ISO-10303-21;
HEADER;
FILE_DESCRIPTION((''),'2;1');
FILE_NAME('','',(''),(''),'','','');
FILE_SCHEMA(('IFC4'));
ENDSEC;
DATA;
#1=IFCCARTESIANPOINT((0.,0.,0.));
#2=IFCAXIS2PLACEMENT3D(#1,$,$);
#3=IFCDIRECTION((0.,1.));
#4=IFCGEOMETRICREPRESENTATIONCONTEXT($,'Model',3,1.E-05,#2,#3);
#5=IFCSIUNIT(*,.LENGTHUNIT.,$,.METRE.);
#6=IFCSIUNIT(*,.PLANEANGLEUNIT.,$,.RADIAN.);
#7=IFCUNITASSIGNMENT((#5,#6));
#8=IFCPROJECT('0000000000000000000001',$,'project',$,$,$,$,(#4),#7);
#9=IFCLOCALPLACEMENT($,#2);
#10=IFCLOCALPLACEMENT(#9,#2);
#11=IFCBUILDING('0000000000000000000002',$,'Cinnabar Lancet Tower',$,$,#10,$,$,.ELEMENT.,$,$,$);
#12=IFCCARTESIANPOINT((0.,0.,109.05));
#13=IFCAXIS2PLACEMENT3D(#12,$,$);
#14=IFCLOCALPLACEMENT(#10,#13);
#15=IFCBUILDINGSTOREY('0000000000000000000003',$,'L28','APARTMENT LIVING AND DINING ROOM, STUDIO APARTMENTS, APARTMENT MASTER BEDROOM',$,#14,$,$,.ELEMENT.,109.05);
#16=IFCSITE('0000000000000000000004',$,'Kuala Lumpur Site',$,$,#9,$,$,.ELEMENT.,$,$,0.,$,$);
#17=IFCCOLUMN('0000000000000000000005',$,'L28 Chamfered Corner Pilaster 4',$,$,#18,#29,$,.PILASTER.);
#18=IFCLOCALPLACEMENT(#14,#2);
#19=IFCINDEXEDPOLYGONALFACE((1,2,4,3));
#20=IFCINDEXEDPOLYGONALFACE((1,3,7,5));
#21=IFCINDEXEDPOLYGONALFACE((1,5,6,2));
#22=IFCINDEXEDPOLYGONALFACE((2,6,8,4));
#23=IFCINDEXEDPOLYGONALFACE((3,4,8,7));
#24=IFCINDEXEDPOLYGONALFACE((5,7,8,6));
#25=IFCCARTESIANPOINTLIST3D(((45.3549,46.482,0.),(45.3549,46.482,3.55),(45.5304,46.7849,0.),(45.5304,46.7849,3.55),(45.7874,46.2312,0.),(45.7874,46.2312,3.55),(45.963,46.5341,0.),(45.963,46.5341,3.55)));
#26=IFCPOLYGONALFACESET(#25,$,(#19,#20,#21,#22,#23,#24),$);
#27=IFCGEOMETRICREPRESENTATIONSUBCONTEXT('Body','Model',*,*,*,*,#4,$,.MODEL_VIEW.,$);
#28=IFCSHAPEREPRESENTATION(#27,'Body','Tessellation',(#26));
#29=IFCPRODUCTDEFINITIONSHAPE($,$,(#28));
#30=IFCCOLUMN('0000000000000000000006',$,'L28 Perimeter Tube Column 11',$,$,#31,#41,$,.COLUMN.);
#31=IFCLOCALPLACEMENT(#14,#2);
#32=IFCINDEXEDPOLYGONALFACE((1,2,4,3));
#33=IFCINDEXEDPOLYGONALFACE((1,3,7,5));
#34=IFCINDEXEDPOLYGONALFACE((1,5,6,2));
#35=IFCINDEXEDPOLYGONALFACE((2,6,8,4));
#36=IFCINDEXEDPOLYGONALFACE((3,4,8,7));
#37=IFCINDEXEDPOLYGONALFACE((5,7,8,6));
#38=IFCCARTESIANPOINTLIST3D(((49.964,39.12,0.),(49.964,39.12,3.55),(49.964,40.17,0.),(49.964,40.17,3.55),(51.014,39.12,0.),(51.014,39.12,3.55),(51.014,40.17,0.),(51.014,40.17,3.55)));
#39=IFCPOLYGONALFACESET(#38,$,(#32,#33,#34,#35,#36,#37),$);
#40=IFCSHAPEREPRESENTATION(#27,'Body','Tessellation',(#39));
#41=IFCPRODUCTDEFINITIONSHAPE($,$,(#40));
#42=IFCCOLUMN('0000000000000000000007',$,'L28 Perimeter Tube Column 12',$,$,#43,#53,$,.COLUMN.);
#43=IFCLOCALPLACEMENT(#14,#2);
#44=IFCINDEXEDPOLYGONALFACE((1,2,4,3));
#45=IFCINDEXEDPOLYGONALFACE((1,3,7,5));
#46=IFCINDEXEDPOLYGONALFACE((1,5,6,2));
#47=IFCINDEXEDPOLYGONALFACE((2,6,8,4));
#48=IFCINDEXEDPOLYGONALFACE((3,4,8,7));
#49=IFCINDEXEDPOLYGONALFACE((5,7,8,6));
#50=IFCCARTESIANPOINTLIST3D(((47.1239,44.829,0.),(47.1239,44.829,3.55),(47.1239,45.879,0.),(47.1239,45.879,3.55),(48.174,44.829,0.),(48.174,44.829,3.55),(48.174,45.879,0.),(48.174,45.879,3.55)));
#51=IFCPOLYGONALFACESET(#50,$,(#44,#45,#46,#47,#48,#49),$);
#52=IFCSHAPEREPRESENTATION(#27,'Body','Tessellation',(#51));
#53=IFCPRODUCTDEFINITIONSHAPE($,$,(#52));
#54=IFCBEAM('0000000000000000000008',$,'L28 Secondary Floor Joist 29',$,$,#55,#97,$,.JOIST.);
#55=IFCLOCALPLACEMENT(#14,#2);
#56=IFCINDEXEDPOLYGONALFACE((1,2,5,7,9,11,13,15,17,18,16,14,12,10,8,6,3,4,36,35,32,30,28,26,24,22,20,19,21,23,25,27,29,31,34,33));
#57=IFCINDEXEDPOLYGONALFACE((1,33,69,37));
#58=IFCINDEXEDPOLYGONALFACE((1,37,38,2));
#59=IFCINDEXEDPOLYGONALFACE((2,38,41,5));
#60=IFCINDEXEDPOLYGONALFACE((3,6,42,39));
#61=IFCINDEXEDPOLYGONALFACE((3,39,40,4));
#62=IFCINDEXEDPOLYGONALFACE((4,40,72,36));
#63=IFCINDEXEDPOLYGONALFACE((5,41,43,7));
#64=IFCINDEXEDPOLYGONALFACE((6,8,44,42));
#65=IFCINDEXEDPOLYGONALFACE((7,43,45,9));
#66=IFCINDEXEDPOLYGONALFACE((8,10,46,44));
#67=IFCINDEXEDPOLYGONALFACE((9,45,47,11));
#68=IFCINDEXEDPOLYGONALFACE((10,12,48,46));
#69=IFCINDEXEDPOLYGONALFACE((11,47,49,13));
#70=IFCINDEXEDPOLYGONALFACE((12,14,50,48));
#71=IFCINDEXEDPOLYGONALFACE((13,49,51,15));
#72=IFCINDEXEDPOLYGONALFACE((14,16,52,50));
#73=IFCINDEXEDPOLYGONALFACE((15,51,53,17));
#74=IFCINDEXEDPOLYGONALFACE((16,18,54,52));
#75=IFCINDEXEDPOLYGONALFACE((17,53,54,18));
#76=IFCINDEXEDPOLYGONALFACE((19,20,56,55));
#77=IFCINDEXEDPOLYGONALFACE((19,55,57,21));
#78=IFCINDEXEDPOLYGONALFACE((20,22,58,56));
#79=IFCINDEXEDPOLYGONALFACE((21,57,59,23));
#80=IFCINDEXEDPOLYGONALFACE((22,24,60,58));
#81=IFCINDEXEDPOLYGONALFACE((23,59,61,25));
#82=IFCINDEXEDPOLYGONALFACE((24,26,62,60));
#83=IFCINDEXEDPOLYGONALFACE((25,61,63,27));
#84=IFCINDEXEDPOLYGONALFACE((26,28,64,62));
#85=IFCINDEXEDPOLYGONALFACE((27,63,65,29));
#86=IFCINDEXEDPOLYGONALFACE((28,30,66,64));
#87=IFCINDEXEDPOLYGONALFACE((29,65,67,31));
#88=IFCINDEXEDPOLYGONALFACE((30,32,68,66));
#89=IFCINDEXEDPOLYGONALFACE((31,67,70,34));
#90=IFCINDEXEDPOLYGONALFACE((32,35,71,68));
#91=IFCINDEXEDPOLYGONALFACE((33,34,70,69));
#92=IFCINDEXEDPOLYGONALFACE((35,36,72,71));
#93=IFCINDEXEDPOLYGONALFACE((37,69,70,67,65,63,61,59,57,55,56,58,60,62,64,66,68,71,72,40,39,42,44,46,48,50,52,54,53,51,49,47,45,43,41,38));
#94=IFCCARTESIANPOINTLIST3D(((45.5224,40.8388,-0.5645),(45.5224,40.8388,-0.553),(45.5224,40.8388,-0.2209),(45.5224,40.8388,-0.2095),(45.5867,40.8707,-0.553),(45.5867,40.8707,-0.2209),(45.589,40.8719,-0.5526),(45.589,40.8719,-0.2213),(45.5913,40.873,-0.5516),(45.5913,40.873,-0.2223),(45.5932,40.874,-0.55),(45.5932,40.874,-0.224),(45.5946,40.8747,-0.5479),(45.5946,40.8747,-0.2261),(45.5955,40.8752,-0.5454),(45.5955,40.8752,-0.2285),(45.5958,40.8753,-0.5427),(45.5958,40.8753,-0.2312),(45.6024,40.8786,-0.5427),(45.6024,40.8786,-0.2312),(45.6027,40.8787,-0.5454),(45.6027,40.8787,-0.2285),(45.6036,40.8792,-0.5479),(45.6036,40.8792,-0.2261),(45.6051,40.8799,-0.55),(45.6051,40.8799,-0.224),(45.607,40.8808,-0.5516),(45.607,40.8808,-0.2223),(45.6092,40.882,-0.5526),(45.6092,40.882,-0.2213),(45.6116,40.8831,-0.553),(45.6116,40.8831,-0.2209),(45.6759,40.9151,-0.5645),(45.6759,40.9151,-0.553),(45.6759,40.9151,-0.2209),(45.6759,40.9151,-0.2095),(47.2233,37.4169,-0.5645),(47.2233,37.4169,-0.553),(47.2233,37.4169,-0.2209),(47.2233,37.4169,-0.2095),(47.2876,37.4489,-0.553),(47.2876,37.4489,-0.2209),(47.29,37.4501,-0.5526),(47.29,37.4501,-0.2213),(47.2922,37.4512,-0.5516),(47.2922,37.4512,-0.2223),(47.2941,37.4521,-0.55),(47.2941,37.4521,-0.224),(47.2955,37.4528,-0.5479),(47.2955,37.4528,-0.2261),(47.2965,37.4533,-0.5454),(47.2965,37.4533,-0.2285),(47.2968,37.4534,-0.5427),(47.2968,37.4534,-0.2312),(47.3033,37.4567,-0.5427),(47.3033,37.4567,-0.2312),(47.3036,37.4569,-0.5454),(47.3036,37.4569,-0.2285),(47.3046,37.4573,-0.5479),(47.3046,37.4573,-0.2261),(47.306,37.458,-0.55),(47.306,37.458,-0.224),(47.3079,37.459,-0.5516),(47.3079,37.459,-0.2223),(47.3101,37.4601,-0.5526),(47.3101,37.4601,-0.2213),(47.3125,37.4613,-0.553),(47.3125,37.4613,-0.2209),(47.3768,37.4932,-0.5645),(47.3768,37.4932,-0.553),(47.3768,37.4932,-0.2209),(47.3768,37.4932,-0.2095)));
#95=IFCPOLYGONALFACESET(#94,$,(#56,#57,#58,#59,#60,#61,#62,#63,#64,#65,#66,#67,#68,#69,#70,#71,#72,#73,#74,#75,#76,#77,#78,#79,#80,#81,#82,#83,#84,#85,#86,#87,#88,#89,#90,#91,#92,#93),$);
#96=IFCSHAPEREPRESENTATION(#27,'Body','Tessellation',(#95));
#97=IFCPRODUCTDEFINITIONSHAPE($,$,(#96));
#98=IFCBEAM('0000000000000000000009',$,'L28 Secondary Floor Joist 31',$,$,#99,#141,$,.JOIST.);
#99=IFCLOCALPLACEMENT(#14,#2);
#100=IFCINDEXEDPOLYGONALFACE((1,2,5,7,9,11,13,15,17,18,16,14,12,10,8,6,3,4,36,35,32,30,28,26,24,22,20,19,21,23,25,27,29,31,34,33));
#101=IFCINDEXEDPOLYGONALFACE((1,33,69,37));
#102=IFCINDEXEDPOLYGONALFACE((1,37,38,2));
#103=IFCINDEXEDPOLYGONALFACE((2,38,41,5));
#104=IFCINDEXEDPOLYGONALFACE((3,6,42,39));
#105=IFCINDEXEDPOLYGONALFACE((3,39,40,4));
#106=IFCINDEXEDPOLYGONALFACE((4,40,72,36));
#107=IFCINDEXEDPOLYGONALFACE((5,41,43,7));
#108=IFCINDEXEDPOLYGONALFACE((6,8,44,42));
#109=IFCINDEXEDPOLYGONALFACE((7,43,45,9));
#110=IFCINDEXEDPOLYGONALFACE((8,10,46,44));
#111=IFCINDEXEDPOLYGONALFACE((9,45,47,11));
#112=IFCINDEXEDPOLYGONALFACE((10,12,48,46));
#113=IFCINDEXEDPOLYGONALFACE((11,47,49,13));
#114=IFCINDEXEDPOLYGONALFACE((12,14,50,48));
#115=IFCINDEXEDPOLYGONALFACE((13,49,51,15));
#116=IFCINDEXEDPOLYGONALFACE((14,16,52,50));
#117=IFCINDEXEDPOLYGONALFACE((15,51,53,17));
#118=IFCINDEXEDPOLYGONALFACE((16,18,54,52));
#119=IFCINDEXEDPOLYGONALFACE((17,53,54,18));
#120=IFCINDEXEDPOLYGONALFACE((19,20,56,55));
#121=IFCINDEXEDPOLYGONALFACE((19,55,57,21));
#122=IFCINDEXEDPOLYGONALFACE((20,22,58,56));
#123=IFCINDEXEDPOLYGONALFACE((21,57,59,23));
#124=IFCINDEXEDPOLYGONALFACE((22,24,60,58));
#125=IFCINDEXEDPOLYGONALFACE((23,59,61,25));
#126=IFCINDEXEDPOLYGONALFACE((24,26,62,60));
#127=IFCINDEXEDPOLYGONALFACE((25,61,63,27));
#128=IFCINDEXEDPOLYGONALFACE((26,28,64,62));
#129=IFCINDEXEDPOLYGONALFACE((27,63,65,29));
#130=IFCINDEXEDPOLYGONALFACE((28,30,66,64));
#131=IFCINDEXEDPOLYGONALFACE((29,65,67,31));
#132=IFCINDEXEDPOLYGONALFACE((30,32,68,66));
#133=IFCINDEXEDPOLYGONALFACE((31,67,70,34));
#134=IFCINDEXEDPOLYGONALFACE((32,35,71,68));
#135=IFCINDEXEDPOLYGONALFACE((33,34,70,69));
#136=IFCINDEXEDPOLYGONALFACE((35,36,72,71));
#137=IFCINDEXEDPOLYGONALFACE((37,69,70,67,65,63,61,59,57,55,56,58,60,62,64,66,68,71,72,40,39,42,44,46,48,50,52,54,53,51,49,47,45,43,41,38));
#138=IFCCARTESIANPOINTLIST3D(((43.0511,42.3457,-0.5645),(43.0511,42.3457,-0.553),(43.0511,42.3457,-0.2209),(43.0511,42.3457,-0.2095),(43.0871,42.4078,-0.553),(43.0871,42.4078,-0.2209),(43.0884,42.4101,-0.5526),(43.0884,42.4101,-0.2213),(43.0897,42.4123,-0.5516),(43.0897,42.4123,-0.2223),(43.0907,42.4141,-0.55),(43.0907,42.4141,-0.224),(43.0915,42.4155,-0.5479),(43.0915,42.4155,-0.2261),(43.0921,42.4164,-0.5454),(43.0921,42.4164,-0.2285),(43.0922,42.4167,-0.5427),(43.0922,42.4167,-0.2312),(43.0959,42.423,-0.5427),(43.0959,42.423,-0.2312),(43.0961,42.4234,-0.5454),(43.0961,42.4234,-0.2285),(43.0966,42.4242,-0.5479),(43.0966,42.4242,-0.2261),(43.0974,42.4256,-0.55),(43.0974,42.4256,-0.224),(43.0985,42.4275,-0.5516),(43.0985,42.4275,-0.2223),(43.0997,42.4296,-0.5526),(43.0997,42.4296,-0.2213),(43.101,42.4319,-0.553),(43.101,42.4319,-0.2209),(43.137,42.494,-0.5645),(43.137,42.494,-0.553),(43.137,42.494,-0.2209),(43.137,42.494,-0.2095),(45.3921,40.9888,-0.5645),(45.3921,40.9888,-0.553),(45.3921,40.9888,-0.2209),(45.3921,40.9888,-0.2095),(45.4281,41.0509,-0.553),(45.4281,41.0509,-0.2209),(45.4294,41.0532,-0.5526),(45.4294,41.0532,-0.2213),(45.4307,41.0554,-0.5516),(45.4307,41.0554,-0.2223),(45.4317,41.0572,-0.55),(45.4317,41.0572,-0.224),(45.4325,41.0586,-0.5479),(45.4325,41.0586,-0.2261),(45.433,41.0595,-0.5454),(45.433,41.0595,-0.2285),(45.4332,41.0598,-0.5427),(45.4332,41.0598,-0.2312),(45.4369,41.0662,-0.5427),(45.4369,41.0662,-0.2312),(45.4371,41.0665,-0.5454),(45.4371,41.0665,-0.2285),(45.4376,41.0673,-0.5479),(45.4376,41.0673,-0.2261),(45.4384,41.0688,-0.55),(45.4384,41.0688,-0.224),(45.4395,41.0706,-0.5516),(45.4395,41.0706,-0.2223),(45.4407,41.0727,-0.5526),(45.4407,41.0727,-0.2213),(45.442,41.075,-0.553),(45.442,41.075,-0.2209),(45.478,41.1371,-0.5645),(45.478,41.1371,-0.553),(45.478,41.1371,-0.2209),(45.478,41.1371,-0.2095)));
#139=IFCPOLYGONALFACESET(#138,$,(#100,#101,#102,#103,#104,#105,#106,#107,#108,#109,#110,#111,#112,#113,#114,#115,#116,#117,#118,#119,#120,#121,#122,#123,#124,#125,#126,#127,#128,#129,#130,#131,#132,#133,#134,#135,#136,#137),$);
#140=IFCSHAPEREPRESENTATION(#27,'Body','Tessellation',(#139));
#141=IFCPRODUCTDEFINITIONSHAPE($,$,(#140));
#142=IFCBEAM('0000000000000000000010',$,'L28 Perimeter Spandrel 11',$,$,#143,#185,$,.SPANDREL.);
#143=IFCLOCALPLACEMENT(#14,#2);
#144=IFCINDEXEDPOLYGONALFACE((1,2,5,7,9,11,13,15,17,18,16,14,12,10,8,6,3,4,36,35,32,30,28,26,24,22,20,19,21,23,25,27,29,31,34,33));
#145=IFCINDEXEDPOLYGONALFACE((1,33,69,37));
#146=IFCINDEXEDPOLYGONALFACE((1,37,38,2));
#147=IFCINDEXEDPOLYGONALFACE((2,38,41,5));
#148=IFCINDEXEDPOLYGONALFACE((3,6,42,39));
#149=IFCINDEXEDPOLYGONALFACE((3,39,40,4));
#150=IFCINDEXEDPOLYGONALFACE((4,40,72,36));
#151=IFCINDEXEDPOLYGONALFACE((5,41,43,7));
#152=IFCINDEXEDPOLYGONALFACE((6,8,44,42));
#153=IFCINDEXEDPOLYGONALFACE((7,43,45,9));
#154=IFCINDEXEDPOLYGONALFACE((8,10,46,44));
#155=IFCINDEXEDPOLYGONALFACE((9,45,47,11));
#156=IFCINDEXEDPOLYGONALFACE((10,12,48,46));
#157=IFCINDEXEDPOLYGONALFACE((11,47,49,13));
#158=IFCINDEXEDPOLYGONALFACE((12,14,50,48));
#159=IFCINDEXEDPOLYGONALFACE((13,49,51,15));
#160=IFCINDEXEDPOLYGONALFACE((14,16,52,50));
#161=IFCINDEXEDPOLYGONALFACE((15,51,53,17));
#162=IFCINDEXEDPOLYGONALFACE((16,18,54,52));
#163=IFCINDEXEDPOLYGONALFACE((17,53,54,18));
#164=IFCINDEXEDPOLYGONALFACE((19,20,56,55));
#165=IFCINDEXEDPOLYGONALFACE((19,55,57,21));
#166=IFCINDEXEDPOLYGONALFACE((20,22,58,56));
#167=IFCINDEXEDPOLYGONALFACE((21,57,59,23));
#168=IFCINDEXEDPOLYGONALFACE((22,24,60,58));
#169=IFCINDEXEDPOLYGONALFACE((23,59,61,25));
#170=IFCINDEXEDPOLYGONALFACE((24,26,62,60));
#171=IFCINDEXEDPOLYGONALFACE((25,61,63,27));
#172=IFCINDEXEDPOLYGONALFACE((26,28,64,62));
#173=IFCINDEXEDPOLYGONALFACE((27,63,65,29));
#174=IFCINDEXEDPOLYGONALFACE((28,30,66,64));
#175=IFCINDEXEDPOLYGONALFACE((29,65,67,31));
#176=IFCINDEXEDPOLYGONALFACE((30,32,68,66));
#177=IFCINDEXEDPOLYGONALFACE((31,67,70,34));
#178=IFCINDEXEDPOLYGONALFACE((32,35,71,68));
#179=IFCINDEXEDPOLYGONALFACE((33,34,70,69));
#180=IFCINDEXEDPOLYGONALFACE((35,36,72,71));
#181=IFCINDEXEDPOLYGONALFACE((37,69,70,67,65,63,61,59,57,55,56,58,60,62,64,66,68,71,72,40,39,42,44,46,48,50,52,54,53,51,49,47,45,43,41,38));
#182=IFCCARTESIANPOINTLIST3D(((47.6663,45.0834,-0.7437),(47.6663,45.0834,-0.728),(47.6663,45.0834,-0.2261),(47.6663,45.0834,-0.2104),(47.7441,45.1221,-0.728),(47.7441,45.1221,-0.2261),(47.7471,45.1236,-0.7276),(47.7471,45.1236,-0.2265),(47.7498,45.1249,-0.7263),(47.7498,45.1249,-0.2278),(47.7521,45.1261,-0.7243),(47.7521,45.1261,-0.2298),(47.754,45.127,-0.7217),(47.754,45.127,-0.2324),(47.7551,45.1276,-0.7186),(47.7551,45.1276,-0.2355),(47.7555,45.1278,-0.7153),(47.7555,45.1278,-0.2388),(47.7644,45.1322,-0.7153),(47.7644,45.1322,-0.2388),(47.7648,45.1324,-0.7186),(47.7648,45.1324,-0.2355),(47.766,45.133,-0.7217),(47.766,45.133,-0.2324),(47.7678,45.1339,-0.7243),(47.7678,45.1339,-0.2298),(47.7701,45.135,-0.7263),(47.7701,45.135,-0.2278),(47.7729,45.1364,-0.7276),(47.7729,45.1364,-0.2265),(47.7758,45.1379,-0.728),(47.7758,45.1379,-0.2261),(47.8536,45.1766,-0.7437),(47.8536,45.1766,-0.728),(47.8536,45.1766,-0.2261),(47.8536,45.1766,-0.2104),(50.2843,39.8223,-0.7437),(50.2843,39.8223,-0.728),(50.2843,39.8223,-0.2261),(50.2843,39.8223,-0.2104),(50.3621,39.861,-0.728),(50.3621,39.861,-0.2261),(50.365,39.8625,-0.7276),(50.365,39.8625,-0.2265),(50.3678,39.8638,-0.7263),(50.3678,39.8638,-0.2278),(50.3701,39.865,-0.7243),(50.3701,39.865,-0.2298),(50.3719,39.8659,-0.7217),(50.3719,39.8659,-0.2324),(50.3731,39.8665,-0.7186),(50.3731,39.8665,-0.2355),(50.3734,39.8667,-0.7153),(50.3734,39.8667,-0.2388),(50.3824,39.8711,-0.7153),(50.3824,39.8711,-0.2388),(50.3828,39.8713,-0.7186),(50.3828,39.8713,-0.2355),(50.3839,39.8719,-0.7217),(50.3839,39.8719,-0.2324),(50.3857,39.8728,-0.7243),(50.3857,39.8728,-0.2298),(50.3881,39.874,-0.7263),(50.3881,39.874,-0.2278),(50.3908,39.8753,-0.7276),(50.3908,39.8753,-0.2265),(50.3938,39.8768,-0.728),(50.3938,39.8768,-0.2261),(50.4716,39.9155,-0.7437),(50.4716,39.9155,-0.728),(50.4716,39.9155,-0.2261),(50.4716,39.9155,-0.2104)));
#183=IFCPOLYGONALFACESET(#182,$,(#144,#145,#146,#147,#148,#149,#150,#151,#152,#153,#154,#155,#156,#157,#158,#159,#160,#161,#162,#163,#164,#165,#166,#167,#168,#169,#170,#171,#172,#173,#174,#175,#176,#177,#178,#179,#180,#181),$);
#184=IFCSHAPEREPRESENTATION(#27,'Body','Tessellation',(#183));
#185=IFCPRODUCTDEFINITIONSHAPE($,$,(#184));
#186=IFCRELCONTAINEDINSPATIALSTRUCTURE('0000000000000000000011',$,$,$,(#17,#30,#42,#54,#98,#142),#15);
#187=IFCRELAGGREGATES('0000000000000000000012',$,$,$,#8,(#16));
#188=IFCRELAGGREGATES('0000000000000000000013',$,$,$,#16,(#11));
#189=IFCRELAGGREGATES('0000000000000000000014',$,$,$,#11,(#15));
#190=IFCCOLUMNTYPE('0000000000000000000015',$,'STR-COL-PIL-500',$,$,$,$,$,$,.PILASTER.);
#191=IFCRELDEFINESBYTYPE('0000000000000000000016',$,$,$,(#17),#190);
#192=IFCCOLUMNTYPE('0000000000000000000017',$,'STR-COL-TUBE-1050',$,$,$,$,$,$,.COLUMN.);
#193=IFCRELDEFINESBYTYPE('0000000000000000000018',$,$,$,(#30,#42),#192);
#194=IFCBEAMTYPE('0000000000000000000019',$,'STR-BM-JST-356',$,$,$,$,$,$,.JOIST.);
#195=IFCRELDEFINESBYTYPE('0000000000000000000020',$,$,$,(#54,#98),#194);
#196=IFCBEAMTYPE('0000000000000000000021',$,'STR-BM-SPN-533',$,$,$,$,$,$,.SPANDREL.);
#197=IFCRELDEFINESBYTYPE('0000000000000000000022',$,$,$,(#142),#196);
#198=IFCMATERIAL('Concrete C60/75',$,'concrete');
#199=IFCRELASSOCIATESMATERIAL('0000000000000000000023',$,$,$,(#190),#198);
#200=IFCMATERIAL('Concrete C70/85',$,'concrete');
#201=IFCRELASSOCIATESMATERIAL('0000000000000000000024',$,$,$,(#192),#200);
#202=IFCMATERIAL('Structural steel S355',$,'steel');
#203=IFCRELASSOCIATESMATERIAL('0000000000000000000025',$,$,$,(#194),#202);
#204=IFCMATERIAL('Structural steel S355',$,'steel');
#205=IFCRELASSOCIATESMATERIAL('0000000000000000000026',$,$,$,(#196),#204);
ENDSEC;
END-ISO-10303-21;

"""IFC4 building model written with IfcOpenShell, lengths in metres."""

from ifc_helpers import new_model, si_unit, direction, frame, origin, origin_2d, place, context, subcontext, project, spatial, rectangle, i_section, extrude, material, material_profile, profile_set, type_object, element, save


model = new_model("IFC4")

# Units and contexts
model_context = context("Model", 3, precision=1e-05, world=origin(), true_north=direction((0.0, 1.0)))
body_context = subcontext(model_context, "Body", "Model", "MODEL_VIEW")
ifc_project = project(units=[si_unit("LENGTHUNIT", "METRE"), si_unit("PLANEANGLEUNIT", "RADIAN")], contexts=[model_context])

# Site, building, storey
site_placement = place(None, origin())
site = spatial("IfcSite", under=ifc_project, at=site_placement, Name="Kuala Lumpur Site", CompositionType="ELEMENT", RefElevation=0.0)
building_placement = place(site_placement, origin())
building = spatial("IfcBuilding", under=site, at=building_placement, Name="Cinnabar Lancet Tower", CompositionType="ELEMENT")
storey_placement = place(building_placement, frame((0.0, 0.0, 109.05)))
storey = spatial("IfcBuildingStorey", under=building, at=storey_placement, Name="L28", Description="APARTMENT LIVING AND DINING ROOM, STUDIO APARTMENTS, APARTMENT MASTER BEDROOM", CompositionType="ELEMENT", Elevation=109.05)

# Columns
ifc_material_1 = material(Name="Concrete C60/75", Category="concrete")
ifc_material_profile_1 = material_profile(ifc_material_1, rectangle(XDim=0.5, YDim=0.3501, at=origin_2d()), Name="RC-PIL 500x350")
ifc_profile_set_1 = profile_set([ifc_material_profile_1], Name="Concrete C60/75")
column_type_1 = type_object("IfcColumnType", Name="STR-COL-PIL-500", PredefinedType="PILASTER", material=ifc_profile_set_1)
column_placement = place(storey_placement, frame((45.6589, 46.5081, 0.0), z_axis=(0.0, 0.0, 1.0), x_axis=(-0.86516, 0.501496, 0.0)))
element("IfcColumn", 1, at=column_placement, inside=storey, type_object=column_type_1, Name="L28 Chamfered Corner Pilaster 4", PredefinedType="PILASTER", context=body_context, shape_type="SweptSolid", body=[
    extrude(rectangle(XDim=0.5, YDim=0.3501, at=origin_2d()), origin(), (0.0, 0.0, 1.0), 3.55),
])
ifc_material_2 = material(Name="Concrete C70/85", Category="concrete")
ifc_material_profile_2 = material_profile(ifc_material_2, rectangle(XDim=1.05, YDim=1.05, at=origin_2d()), Name="RC-COL 1050x1050")
ifc_profile_set_2 = profile_set([ifc_material_profile_2], Name="Concrete C70/85")
column_type_2 = type_object("IfcColumnType", Name="STR-COL-TUBE-1050", PredefinedType="COLUMN", material=ifc_profile_set_2)
for number, where, z_axis, x_axis, name in (
    (2, (50.489, 39.645, 0.0), (0.0, 0.0, 1.0), (1.0, 0.0, 0.0), "L28 Perimeter Tube Column 11"),
    (3, (47.6489, 45.354, 0.0), (0.0, 0.0, 1.0), (1.0, 0.0, 0.0), "L28 Perimeter Tube Column 12"),
):
    element("IfcColumn", number, at=place(storey_placement, frame(where, z_axis=z_axis, x_axis=x_axis)), inside=storey, type_object=column_type_2, Name=name, PredefinedType="COLUMN", context=body_context, shape_type="SweptSolid", body=[
        extrude(rectangle(XDim=1.05, YDim=1.05, at=origin_2d()), origin(), (0.0, 0.0, 1.0), 3.55),
    ])

# Beams
ifc_material_3 = material(Name="Structural steel S355", Category="steel")
ifc_material_profile_3 = material_profile(ifc_material_3, i_section(OverallWidth=0.1714, OverallDepth=0.355, WebThickness=0.0073, FlangeThickness=0.0115, FilletRadius=0.0103, at=origin_2d()), Name="UKB 356x171x51")
ifc_profile_set_3 = profile_set([ifc_material_profile_3], Name="Structural steel S355")
beam_type_1 = type_object("IfcBeamType", Name="STR-BM-JST-356", PredefinedType="JOIST", material=ifc_profile_set_3)
beam_1_placement = place(storey_placement, frame((47.3, 37.4551, -0.387), z_axis=(-0.445117, 0.895473, 0.0), x_axis=(-0.895473, -0.445117, 0.0)))
element("IfcBeam", 4, at=beam_1_placement, inside=storey, type_object=beam_type_1, Name="L28 Secondary Floor Joist 29", PredefinedType="JOIST", context=body_context, shape_type="SweptSolid", body=[
    extrude(i_section(OverallWidth=0.1714, OverallDepth=0.355, WebThickness=0.0073, FlangeThickness=0.0115, FilletRadius=0.0103, at=origin_2d()), origin(), (0.0, 0.0, 1.0), 3.8213),
])
beam_2_placement = place(storey_placement, frame((45.4351, 41.063, -0.387), z_axis=(-0.865173, 0.501474, 0.0), x_axis=(-0.501474, -0.865173, 0.0)))
element("IfcBeam", 5, at=beam_2_placement, inside=storey, type_object=beam_type_1, Name="L28 Secondary Floor Joist 31", PredefinedType="JOIST", context=body_context, shape_type="SweptSolid", body=[
    extrude(i_section(OverallWidth=0.1714, OverallDepth=0.355, WebThickness=0.0073, FlangeThickness=0.0115, FilletRadius=0.0103, at=origin_2d()), origin(), (0.0, 0.0, 1.0), 2.7058),
])
ifc_material_4 = material(Name="Structural steel S355", Category="steel")
ifc_material_profile_4 = material_profile(ifc_material_4, i_section(OverallWidth=0.2092, OverallDepth=0.5332, WebThickness=0.01, FlangeThickness=0.0156, FilletRadius=0.0127, at=origin_2d()), Name="UKB 533x210x92")
ifc_profile_set_4 = profile_set([ifc_material_profile_4], Name="Structural steel S355")
beam_type_2 = type_object("IfcBeamType", Name="STR-BM-SPN-533", PredefinedType="SPANDREL", material=ifc_profile_set_4)
beam_3_placement = place(storey_placement, frame((50.3779, 39.8689, -0.4771), z_axis=(-0.445501, 0.895281, 0.0), x_axis=(-0.895281, -0.445501, 0.0)))
element("IfcBeam", 6, at=beam_3_placement, inside=storey, type_object=beam_type_2, Name="L28 Perimeter Spandrel 11", PredefinedType="SPANDREL", context=body_context, shape_type="SweptSolid", body=[
    extrude(i_section(OverallWidth=0.2092, OverallDepth=0.5332, WebThickness=0.01, FlangeThickness=0.0156, FilletRadius=0.0127, at=origin_2d()), origin(), (0.0, 0.0, 1.0), 5.8765),
])

save(model, "model.ifc")
